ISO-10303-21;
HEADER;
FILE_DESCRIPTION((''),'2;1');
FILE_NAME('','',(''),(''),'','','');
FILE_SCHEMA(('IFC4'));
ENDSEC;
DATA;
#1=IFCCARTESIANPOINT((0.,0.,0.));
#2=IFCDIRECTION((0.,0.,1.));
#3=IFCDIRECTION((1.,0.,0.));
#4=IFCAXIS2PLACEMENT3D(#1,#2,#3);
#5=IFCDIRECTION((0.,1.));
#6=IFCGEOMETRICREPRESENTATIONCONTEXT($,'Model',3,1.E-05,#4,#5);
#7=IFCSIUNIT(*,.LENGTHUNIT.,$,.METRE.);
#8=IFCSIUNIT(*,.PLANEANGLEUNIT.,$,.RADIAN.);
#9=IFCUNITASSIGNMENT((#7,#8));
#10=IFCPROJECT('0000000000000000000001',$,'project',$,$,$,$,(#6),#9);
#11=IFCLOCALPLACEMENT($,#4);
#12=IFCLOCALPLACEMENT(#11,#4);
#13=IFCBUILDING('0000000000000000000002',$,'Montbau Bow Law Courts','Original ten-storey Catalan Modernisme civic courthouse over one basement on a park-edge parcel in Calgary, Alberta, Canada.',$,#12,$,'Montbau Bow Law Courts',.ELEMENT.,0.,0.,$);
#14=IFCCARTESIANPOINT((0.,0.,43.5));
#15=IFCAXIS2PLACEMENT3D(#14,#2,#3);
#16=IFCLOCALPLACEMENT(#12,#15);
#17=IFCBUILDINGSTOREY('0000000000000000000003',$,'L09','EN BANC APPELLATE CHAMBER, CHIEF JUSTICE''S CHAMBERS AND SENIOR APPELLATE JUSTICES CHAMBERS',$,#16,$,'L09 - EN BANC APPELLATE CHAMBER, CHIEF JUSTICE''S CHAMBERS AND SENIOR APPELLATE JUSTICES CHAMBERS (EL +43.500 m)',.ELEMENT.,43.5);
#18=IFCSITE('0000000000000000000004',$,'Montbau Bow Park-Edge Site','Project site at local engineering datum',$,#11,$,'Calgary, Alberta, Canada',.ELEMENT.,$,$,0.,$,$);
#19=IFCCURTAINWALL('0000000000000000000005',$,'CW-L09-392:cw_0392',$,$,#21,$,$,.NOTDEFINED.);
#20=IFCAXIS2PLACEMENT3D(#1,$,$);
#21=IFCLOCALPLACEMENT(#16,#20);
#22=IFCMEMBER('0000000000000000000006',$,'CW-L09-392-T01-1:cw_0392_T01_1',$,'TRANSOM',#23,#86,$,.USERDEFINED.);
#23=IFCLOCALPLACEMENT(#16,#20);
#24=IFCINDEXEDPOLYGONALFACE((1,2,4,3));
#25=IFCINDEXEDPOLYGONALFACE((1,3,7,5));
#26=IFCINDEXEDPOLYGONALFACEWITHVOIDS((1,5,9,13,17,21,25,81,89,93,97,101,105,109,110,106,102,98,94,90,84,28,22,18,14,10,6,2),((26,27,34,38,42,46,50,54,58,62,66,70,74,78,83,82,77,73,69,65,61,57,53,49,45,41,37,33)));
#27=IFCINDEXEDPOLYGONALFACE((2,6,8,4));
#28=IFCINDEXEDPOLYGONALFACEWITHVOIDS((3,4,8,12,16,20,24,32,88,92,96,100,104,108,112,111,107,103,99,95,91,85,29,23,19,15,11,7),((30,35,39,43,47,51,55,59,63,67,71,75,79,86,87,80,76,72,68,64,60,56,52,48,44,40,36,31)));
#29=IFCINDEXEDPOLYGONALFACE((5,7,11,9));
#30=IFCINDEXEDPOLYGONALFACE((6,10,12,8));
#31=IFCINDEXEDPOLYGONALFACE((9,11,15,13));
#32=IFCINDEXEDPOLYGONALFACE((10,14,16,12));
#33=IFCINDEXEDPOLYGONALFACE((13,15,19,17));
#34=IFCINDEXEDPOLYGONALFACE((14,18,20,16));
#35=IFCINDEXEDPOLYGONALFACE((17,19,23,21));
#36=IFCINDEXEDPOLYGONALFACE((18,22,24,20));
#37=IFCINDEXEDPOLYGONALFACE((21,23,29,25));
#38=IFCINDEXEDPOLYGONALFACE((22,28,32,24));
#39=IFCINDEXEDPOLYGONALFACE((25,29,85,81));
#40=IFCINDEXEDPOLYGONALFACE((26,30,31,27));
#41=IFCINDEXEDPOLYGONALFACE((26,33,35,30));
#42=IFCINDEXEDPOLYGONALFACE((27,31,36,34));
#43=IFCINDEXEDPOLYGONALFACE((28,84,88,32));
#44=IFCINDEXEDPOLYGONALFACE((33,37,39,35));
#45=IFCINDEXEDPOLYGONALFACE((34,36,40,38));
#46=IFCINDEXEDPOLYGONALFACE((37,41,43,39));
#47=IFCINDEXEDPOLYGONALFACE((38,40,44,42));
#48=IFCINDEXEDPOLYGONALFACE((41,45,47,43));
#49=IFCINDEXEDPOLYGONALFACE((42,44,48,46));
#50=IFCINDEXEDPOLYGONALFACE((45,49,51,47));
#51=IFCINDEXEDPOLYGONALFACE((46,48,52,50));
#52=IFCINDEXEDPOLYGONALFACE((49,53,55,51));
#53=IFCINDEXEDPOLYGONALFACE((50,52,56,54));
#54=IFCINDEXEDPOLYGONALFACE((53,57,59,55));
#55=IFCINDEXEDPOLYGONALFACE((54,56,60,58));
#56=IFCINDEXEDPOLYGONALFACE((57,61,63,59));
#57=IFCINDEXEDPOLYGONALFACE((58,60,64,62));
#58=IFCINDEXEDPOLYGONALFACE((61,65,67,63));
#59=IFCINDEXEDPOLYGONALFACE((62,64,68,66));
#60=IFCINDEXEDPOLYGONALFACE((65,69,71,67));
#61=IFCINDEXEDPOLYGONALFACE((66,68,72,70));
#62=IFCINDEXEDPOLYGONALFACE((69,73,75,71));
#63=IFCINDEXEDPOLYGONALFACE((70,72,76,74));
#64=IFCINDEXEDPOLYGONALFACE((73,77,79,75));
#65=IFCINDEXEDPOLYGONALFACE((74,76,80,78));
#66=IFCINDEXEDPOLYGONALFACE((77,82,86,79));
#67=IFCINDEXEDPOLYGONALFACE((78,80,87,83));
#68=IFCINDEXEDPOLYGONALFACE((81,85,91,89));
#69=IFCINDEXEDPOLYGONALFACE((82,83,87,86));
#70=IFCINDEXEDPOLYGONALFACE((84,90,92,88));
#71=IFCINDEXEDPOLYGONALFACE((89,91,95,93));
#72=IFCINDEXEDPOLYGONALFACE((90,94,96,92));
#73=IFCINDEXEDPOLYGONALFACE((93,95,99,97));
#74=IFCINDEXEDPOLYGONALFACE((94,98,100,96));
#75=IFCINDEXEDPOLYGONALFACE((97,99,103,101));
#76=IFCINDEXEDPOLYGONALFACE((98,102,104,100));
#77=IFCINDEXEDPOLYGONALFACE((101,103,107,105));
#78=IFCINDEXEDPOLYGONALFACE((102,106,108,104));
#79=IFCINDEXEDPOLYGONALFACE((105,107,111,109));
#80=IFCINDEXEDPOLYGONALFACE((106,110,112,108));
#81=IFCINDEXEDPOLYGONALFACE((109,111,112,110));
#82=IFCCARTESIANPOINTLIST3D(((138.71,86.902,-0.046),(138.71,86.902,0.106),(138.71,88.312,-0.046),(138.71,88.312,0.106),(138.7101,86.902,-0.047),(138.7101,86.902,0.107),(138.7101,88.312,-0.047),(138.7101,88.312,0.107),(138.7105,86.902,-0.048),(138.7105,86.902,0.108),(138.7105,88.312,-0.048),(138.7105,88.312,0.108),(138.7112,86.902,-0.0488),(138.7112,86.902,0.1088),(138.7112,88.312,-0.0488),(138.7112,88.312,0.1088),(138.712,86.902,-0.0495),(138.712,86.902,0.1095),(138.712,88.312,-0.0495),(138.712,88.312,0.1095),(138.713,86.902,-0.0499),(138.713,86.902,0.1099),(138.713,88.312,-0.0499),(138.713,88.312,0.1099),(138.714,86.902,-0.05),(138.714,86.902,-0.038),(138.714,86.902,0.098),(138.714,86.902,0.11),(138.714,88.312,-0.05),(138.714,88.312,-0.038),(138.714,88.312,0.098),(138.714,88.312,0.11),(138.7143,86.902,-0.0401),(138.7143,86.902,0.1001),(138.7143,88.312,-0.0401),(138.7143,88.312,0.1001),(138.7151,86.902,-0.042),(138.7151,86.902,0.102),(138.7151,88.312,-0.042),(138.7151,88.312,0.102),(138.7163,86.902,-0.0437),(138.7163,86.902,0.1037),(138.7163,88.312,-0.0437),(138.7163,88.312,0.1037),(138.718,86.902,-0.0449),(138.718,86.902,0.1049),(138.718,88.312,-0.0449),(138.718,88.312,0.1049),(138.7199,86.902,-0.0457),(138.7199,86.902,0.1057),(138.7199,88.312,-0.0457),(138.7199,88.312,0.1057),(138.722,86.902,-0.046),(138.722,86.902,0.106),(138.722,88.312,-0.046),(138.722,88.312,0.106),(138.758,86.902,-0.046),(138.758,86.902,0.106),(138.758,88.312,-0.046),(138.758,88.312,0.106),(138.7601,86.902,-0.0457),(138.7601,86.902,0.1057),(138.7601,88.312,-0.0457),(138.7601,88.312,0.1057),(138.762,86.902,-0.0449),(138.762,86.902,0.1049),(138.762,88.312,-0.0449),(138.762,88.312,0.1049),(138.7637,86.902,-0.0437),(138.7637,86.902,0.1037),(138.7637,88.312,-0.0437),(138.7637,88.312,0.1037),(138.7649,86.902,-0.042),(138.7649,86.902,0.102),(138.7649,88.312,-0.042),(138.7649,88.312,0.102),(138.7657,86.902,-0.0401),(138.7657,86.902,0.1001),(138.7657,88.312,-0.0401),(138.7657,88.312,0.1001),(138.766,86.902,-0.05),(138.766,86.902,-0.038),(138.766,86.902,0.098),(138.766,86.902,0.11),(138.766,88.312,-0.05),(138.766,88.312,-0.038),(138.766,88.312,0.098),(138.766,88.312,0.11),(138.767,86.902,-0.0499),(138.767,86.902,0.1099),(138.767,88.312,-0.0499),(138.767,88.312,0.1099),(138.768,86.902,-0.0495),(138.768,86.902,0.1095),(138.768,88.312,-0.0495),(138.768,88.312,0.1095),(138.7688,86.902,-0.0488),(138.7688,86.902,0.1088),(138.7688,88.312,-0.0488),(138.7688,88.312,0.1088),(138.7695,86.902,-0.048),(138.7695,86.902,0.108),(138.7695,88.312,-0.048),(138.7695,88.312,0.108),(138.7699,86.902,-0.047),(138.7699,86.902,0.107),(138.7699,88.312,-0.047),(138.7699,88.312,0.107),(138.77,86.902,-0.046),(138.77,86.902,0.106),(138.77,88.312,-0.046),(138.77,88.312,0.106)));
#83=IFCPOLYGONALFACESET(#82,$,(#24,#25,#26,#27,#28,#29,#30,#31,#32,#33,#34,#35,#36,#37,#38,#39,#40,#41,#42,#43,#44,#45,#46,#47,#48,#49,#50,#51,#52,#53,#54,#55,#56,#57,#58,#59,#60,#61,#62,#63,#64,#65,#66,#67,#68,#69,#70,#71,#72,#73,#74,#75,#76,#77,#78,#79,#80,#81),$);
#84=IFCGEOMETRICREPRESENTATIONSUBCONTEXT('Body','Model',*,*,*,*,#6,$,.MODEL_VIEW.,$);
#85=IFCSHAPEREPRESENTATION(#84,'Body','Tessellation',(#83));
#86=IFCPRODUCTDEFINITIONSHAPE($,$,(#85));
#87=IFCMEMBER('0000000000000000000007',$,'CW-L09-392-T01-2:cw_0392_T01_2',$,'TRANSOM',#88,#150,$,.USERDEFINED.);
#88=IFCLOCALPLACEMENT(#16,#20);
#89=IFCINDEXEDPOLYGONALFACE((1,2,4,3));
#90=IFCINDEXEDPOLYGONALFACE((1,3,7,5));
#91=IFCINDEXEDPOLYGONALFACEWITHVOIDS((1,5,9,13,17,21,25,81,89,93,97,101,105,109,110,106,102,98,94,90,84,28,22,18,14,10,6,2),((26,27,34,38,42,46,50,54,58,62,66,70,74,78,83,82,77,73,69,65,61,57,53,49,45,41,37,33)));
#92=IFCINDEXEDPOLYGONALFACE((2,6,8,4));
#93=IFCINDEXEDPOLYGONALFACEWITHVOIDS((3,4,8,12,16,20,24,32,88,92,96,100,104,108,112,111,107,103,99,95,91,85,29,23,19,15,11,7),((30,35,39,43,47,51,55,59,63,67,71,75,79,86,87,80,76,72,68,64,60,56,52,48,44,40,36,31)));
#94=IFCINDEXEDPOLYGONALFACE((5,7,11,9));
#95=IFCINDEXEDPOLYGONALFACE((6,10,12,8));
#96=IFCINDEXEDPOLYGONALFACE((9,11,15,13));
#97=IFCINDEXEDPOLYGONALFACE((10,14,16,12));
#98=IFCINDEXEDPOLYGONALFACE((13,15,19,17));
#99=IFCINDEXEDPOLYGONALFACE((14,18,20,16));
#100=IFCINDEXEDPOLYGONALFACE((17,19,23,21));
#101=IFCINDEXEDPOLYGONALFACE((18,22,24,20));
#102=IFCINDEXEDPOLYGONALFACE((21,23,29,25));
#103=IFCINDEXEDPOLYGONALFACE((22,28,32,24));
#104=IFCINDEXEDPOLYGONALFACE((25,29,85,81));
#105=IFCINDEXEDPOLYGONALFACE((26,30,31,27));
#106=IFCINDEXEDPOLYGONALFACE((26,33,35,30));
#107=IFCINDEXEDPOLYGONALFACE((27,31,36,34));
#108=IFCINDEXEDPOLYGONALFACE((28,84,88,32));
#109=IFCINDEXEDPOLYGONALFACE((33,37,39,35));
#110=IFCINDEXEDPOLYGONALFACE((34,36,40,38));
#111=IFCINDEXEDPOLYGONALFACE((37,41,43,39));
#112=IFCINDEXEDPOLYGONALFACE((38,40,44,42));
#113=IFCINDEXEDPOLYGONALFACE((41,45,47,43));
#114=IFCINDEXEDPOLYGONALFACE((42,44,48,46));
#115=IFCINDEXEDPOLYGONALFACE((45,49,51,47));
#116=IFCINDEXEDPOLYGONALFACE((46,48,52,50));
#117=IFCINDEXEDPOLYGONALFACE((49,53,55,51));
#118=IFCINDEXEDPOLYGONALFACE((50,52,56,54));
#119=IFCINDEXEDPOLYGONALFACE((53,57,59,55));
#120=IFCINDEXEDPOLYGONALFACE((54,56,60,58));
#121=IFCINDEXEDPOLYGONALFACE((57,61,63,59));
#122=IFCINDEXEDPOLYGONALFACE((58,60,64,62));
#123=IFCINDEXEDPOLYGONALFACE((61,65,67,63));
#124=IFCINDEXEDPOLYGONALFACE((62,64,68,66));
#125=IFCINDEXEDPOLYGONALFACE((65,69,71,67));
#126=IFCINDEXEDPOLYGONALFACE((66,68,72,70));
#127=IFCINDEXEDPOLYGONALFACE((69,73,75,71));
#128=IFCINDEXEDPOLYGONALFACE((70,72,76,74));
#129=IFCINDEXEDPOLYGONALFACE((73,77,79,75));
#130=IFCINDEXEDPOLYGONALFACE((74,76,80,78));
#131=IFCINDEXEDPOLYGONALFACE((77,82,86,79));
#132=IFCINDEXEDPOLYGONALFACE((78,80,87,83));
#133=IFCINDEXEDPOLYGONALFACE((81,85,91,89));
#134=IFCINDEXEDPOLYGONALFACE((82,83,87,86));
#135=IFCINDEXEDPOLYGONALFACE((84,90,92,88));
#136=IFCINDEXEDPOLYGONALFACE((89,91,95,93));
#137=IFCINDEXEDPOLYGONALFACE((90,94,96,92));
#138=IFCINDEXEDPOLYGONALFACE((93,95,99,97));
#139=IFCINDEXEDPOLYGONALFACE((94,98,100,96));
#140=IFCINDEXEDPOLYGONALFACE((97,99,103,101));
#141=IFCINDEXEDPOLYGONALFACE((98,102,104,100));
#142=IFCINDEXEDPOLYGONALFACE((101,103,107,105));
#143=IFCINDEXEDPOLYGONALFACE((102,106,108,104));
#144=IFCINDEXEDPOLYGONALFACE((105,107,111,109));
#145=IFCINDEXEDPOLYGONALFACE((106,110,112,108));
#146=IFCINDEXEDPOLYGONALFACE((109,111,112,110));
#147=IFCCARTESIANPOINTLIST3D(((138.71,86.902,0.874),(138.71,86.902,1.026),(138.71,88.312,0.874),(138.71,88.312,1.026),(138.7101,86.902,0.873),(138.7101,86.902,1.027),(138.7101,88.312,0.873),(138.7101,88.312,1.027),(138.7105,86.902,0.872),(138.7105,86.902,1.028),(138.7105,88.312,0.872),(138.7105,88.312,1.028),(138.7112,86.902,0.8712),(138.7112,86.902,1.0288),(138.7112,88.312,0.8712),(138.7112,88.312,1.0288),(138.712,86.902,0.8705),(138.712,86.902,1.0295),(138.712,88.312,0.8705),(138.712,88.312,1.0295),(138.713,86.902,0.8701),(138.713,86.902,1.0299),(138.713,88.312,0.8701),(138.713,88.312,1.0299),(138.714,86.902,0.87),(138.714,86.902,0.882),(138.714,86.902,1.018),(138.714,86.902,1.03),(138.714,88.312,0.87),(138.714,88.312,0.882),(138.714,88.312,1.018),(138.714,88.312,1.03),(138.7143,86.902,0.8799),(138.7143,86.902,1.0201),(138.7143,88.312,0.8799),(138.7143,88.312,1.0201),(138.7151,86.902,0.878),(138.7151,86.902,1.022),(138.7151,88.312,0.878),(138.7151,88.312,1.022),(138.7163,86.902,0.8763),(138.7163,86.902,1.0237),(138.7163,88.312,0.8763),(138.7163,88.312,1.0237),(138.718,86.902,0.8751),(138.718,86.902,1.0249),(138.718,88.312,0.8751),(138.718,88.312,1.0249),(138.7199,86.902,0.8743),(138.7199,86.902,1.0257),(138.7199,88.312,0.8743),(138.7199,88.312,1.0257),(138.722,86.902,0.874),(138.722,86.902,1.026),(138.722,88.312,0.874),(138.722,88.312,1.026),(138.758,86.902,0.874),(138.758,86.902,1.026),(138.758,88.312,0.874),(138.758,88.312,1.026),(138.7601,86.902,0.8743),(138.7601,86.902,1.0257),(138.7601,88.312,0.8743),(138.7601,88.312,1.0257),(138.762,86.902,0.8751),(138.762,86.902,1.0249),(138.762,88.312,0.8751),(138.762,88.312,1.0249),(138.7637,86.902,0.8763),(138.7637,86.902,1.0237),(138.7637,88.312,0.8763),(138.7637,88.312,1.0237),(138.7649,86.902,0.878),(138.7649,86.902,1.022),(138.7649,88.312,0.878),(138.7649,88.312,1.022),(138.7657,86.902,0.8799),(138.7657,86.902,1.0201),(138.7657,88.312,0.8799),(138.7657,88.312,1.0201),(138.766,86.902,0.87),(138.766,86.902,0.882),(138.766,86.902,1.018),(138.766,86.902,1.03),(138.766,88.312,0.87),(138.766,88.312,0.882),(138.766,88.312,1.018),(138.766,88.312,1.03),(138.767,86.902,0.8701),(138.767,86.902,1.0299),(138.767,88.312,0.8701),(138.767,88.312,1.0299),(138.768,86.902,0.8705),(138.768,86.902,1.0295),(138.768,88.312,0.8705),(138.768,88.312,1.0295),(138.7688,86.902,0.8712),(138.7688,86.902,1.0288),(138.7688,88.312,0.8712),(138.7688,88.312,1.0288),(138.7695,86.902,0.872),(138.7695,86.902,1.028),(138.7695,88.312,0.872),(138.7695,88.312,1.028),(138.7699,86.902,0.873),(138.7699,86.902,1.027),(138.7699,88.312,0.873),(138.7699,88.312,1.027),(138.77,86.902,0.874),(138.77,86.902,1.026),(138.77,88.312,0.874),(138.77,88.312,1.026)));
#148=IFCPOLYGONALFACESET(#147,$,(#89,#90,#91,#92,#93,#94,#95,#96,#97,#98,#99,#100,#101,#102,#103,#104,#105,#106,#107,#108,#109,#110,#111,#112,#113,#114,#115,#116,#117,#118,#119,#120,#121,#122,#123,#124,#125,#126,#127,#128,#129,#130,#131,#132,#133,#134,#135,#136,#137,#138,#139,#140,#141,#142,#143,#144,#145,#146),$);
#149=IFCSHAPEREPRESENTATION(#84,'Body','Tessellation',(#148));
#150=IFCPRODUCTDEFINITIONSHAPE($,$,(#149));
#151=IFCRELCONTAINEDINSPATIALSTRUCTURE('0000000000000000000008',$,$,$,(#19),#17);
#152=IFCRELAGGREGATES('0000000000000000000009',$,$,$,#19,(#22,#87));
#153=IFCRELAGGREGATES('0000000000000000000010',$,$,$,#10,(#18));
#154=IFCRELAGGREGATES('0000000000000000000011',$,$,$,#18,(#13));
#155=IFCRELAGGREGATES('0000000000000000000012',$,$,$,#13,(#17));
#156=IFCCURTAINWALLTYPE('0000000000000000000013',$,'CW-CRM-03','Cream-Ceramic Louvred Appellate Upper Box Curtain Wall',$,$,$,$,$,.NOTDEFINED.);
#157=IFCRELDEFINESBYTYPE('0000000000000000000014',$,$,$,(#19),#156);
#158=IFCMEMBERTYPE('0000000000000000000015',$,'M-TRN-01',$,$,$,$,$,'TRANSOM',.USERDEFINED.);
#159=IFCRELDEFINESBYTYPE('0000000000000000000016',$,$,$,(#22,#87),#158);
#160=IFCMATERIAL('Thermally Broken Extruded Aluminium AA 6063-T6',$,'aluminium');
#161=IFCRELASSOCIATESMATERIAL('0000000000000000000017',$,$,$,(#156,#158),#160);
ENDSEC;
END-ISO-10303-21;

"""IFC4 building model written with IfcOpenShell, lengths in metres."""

from ifc_helpers import new_model, si_unit, direction, frame, origin_with_axes, origin_2d_with_axis, place, context, subcontext, project, spatial, hollow_rectangle, extrude, material, material_profile, profile_set, type_object, element, aggregate, save


model = new_model("IFC4")

# Units and contexts
model_context = context("Model", 3, precision=1e-05, world=origin_with_axes(), true_north=direction((0.0, 1.0)))
body_context = subcontext(model_context, "Body", "Model", "MODEL_VIEW")
ifc_project = project(units=[si_unit("LENGTHUNIT", "METRE"), si_unit("PLANEANGLEUNIT", "RADIAN")], contexts=[model_context])

# Site, building, storey
site_placement = place(None, origin_with_axes())
site = spatial("IfcSite", under=ifc_project, at=site_placement, Name="Montbau Bow Park-Edge Site", Description="Project site at local engineering datum", LongName="Calgary, Alberta, Canada", CompositionType="ELEMENT", RefElevation=0.0)
building_placement = place(site_placement, origin_with_axes())
building = spatial("IfcBuilding", under=site, at=building_placement, Name="Montbau Bow Law Courts", Description="Original ten-storey Catalan Modernisme civic courthouse over one basement on a park-edge parcel in Calgary, Alberta, Canada.", LongName="Montbau Bow Law Courts", CompositionType="ELEMENT", ElevationOfRefHeight=0.0, ElevationOfTerrain=0.0)
storey_placement = place(building_placement, frame((0.0, 0.0, 43.5), z_axis=(0.0, 0.0, 1.0), x_axis=(1.0, 0.0, 0.0)))
storey = spatial("IfcBuildingStorey", under=building, at=storey_placement, Name="L09", Description="EN BANC APPELLATE CHAMBER, CHIEF JUSTICE'S CHAMBERS AND SENIOR APPELLATE JUSTICES CHAMBERS", LongName="L09 - EN BANC APPELLATE CHAMBER, CHIEF JUSTICE'S CHAMBERS AND SENIOR APPELLATE JUSTICES CHAMBERS (EL +43.500 m)", CompositionType="ELEMENT", Elevation=43.5)

# Curtain wall, members
ifc_material_1 = material(Name="Thermally Broken Extruded Aluminium AA 6063-T6", Category="aluminium")
curtain_wall_type = type_object("IfcCurtainWallType", Name="CW-CRM-03", Description="Cream-Ceramic Louvred Appellate Upper Box Curtain Wall", PredefinedType="NOTDEFINED", material=ifc_material_1)
curtain_wall_placement = place(None, frame((138.74, 86.84, 43.5), z_axis=(0.0, 0.0, 1.0), x_axis=(1.0, 0.0, 0.0)))
curtain_wall = element("IfcCurtainWall", 1, at=curtain_wall_placement, inside=storey, type_object=curtain_wall_type, Name="CW-L09-392:cw_0392", PredefinedType="NOTDEFINED")
ifc_material_profile_1 = material_profile(ifc_material_1, hollow_rectangle(XDim=0.06, YDim=0.16, WallThickness=0.004, InnerFilletRadius=0.008, OuterFilletRadius=0.004, at=origin_2d_with_axis()), Name="CWT-160X60", Category="Main", Priority=0)
ifc_profile_set_1 = profile_set([ifc_material_profile_1], Name="Thermally Broken Extruded Aluminium AA 6063-T6")
member_type_1 = type_object("IfcMemberType", Name="M-TRN-01", ElementType="TRANSOM", PredefinedType="USERDEFINED", material=ifc_profile_set_1)
member_1_placement = place(None, frame((138.74, 86.902, 43.53), z_axis=(0.0, 1.0, 0.0), x_axis=(-1.0, 0.0, 0.0)))
member_1 = element("IfcMember", 2, at=member_1_placement, type_object=member_type_1, Name="CW-L09-392-T01-1:cw_0392_T01_1", ObjectType="TRANSOM", PredefinedType="USERDEFINED", context=body_context, shape_type="SweptSolid", body=[
    extrude(hollow_rectangle(XDim=0.06, YDim=0.16, WallThickness=0.004, InnerFilletRadius=0.008, OuterFilletRadius=0.004, at=origin_2d_with_axis()), origin_with_axes(), (0.0, 0.0, 1.0), 1.41),
])
member_2_placement = place(None, frame((138.74, 86.902, 44.45), z_axis=(0.0, 1.0, 0.0), x_axis=(-1.0, 0.0, 0.0)))
member_2 = element("IfcMember", 3, at=member_2_placement, type_object=member_type_1, Name="CW-L09-392-T01-2:cw_0392_T01_2", ObjectType="TRANSOM", PredefinedType="USERDEFINED", context=body_context, shape_type="SweptSolid", body=[
    extrude(hollow_rectangle(XDim=0.06, YDim=0.16, WallThickness=0.004, InnerFilletRadius=0.008, OuterFilletRadius=0.004, at=origin_2d_with_axis()), origin_with_axes(), (0.0, 0.0, 1.0), 1.41),
])
aggregate(curtain_wall, [member_1, member_2])

save(model, "model.ifc")
